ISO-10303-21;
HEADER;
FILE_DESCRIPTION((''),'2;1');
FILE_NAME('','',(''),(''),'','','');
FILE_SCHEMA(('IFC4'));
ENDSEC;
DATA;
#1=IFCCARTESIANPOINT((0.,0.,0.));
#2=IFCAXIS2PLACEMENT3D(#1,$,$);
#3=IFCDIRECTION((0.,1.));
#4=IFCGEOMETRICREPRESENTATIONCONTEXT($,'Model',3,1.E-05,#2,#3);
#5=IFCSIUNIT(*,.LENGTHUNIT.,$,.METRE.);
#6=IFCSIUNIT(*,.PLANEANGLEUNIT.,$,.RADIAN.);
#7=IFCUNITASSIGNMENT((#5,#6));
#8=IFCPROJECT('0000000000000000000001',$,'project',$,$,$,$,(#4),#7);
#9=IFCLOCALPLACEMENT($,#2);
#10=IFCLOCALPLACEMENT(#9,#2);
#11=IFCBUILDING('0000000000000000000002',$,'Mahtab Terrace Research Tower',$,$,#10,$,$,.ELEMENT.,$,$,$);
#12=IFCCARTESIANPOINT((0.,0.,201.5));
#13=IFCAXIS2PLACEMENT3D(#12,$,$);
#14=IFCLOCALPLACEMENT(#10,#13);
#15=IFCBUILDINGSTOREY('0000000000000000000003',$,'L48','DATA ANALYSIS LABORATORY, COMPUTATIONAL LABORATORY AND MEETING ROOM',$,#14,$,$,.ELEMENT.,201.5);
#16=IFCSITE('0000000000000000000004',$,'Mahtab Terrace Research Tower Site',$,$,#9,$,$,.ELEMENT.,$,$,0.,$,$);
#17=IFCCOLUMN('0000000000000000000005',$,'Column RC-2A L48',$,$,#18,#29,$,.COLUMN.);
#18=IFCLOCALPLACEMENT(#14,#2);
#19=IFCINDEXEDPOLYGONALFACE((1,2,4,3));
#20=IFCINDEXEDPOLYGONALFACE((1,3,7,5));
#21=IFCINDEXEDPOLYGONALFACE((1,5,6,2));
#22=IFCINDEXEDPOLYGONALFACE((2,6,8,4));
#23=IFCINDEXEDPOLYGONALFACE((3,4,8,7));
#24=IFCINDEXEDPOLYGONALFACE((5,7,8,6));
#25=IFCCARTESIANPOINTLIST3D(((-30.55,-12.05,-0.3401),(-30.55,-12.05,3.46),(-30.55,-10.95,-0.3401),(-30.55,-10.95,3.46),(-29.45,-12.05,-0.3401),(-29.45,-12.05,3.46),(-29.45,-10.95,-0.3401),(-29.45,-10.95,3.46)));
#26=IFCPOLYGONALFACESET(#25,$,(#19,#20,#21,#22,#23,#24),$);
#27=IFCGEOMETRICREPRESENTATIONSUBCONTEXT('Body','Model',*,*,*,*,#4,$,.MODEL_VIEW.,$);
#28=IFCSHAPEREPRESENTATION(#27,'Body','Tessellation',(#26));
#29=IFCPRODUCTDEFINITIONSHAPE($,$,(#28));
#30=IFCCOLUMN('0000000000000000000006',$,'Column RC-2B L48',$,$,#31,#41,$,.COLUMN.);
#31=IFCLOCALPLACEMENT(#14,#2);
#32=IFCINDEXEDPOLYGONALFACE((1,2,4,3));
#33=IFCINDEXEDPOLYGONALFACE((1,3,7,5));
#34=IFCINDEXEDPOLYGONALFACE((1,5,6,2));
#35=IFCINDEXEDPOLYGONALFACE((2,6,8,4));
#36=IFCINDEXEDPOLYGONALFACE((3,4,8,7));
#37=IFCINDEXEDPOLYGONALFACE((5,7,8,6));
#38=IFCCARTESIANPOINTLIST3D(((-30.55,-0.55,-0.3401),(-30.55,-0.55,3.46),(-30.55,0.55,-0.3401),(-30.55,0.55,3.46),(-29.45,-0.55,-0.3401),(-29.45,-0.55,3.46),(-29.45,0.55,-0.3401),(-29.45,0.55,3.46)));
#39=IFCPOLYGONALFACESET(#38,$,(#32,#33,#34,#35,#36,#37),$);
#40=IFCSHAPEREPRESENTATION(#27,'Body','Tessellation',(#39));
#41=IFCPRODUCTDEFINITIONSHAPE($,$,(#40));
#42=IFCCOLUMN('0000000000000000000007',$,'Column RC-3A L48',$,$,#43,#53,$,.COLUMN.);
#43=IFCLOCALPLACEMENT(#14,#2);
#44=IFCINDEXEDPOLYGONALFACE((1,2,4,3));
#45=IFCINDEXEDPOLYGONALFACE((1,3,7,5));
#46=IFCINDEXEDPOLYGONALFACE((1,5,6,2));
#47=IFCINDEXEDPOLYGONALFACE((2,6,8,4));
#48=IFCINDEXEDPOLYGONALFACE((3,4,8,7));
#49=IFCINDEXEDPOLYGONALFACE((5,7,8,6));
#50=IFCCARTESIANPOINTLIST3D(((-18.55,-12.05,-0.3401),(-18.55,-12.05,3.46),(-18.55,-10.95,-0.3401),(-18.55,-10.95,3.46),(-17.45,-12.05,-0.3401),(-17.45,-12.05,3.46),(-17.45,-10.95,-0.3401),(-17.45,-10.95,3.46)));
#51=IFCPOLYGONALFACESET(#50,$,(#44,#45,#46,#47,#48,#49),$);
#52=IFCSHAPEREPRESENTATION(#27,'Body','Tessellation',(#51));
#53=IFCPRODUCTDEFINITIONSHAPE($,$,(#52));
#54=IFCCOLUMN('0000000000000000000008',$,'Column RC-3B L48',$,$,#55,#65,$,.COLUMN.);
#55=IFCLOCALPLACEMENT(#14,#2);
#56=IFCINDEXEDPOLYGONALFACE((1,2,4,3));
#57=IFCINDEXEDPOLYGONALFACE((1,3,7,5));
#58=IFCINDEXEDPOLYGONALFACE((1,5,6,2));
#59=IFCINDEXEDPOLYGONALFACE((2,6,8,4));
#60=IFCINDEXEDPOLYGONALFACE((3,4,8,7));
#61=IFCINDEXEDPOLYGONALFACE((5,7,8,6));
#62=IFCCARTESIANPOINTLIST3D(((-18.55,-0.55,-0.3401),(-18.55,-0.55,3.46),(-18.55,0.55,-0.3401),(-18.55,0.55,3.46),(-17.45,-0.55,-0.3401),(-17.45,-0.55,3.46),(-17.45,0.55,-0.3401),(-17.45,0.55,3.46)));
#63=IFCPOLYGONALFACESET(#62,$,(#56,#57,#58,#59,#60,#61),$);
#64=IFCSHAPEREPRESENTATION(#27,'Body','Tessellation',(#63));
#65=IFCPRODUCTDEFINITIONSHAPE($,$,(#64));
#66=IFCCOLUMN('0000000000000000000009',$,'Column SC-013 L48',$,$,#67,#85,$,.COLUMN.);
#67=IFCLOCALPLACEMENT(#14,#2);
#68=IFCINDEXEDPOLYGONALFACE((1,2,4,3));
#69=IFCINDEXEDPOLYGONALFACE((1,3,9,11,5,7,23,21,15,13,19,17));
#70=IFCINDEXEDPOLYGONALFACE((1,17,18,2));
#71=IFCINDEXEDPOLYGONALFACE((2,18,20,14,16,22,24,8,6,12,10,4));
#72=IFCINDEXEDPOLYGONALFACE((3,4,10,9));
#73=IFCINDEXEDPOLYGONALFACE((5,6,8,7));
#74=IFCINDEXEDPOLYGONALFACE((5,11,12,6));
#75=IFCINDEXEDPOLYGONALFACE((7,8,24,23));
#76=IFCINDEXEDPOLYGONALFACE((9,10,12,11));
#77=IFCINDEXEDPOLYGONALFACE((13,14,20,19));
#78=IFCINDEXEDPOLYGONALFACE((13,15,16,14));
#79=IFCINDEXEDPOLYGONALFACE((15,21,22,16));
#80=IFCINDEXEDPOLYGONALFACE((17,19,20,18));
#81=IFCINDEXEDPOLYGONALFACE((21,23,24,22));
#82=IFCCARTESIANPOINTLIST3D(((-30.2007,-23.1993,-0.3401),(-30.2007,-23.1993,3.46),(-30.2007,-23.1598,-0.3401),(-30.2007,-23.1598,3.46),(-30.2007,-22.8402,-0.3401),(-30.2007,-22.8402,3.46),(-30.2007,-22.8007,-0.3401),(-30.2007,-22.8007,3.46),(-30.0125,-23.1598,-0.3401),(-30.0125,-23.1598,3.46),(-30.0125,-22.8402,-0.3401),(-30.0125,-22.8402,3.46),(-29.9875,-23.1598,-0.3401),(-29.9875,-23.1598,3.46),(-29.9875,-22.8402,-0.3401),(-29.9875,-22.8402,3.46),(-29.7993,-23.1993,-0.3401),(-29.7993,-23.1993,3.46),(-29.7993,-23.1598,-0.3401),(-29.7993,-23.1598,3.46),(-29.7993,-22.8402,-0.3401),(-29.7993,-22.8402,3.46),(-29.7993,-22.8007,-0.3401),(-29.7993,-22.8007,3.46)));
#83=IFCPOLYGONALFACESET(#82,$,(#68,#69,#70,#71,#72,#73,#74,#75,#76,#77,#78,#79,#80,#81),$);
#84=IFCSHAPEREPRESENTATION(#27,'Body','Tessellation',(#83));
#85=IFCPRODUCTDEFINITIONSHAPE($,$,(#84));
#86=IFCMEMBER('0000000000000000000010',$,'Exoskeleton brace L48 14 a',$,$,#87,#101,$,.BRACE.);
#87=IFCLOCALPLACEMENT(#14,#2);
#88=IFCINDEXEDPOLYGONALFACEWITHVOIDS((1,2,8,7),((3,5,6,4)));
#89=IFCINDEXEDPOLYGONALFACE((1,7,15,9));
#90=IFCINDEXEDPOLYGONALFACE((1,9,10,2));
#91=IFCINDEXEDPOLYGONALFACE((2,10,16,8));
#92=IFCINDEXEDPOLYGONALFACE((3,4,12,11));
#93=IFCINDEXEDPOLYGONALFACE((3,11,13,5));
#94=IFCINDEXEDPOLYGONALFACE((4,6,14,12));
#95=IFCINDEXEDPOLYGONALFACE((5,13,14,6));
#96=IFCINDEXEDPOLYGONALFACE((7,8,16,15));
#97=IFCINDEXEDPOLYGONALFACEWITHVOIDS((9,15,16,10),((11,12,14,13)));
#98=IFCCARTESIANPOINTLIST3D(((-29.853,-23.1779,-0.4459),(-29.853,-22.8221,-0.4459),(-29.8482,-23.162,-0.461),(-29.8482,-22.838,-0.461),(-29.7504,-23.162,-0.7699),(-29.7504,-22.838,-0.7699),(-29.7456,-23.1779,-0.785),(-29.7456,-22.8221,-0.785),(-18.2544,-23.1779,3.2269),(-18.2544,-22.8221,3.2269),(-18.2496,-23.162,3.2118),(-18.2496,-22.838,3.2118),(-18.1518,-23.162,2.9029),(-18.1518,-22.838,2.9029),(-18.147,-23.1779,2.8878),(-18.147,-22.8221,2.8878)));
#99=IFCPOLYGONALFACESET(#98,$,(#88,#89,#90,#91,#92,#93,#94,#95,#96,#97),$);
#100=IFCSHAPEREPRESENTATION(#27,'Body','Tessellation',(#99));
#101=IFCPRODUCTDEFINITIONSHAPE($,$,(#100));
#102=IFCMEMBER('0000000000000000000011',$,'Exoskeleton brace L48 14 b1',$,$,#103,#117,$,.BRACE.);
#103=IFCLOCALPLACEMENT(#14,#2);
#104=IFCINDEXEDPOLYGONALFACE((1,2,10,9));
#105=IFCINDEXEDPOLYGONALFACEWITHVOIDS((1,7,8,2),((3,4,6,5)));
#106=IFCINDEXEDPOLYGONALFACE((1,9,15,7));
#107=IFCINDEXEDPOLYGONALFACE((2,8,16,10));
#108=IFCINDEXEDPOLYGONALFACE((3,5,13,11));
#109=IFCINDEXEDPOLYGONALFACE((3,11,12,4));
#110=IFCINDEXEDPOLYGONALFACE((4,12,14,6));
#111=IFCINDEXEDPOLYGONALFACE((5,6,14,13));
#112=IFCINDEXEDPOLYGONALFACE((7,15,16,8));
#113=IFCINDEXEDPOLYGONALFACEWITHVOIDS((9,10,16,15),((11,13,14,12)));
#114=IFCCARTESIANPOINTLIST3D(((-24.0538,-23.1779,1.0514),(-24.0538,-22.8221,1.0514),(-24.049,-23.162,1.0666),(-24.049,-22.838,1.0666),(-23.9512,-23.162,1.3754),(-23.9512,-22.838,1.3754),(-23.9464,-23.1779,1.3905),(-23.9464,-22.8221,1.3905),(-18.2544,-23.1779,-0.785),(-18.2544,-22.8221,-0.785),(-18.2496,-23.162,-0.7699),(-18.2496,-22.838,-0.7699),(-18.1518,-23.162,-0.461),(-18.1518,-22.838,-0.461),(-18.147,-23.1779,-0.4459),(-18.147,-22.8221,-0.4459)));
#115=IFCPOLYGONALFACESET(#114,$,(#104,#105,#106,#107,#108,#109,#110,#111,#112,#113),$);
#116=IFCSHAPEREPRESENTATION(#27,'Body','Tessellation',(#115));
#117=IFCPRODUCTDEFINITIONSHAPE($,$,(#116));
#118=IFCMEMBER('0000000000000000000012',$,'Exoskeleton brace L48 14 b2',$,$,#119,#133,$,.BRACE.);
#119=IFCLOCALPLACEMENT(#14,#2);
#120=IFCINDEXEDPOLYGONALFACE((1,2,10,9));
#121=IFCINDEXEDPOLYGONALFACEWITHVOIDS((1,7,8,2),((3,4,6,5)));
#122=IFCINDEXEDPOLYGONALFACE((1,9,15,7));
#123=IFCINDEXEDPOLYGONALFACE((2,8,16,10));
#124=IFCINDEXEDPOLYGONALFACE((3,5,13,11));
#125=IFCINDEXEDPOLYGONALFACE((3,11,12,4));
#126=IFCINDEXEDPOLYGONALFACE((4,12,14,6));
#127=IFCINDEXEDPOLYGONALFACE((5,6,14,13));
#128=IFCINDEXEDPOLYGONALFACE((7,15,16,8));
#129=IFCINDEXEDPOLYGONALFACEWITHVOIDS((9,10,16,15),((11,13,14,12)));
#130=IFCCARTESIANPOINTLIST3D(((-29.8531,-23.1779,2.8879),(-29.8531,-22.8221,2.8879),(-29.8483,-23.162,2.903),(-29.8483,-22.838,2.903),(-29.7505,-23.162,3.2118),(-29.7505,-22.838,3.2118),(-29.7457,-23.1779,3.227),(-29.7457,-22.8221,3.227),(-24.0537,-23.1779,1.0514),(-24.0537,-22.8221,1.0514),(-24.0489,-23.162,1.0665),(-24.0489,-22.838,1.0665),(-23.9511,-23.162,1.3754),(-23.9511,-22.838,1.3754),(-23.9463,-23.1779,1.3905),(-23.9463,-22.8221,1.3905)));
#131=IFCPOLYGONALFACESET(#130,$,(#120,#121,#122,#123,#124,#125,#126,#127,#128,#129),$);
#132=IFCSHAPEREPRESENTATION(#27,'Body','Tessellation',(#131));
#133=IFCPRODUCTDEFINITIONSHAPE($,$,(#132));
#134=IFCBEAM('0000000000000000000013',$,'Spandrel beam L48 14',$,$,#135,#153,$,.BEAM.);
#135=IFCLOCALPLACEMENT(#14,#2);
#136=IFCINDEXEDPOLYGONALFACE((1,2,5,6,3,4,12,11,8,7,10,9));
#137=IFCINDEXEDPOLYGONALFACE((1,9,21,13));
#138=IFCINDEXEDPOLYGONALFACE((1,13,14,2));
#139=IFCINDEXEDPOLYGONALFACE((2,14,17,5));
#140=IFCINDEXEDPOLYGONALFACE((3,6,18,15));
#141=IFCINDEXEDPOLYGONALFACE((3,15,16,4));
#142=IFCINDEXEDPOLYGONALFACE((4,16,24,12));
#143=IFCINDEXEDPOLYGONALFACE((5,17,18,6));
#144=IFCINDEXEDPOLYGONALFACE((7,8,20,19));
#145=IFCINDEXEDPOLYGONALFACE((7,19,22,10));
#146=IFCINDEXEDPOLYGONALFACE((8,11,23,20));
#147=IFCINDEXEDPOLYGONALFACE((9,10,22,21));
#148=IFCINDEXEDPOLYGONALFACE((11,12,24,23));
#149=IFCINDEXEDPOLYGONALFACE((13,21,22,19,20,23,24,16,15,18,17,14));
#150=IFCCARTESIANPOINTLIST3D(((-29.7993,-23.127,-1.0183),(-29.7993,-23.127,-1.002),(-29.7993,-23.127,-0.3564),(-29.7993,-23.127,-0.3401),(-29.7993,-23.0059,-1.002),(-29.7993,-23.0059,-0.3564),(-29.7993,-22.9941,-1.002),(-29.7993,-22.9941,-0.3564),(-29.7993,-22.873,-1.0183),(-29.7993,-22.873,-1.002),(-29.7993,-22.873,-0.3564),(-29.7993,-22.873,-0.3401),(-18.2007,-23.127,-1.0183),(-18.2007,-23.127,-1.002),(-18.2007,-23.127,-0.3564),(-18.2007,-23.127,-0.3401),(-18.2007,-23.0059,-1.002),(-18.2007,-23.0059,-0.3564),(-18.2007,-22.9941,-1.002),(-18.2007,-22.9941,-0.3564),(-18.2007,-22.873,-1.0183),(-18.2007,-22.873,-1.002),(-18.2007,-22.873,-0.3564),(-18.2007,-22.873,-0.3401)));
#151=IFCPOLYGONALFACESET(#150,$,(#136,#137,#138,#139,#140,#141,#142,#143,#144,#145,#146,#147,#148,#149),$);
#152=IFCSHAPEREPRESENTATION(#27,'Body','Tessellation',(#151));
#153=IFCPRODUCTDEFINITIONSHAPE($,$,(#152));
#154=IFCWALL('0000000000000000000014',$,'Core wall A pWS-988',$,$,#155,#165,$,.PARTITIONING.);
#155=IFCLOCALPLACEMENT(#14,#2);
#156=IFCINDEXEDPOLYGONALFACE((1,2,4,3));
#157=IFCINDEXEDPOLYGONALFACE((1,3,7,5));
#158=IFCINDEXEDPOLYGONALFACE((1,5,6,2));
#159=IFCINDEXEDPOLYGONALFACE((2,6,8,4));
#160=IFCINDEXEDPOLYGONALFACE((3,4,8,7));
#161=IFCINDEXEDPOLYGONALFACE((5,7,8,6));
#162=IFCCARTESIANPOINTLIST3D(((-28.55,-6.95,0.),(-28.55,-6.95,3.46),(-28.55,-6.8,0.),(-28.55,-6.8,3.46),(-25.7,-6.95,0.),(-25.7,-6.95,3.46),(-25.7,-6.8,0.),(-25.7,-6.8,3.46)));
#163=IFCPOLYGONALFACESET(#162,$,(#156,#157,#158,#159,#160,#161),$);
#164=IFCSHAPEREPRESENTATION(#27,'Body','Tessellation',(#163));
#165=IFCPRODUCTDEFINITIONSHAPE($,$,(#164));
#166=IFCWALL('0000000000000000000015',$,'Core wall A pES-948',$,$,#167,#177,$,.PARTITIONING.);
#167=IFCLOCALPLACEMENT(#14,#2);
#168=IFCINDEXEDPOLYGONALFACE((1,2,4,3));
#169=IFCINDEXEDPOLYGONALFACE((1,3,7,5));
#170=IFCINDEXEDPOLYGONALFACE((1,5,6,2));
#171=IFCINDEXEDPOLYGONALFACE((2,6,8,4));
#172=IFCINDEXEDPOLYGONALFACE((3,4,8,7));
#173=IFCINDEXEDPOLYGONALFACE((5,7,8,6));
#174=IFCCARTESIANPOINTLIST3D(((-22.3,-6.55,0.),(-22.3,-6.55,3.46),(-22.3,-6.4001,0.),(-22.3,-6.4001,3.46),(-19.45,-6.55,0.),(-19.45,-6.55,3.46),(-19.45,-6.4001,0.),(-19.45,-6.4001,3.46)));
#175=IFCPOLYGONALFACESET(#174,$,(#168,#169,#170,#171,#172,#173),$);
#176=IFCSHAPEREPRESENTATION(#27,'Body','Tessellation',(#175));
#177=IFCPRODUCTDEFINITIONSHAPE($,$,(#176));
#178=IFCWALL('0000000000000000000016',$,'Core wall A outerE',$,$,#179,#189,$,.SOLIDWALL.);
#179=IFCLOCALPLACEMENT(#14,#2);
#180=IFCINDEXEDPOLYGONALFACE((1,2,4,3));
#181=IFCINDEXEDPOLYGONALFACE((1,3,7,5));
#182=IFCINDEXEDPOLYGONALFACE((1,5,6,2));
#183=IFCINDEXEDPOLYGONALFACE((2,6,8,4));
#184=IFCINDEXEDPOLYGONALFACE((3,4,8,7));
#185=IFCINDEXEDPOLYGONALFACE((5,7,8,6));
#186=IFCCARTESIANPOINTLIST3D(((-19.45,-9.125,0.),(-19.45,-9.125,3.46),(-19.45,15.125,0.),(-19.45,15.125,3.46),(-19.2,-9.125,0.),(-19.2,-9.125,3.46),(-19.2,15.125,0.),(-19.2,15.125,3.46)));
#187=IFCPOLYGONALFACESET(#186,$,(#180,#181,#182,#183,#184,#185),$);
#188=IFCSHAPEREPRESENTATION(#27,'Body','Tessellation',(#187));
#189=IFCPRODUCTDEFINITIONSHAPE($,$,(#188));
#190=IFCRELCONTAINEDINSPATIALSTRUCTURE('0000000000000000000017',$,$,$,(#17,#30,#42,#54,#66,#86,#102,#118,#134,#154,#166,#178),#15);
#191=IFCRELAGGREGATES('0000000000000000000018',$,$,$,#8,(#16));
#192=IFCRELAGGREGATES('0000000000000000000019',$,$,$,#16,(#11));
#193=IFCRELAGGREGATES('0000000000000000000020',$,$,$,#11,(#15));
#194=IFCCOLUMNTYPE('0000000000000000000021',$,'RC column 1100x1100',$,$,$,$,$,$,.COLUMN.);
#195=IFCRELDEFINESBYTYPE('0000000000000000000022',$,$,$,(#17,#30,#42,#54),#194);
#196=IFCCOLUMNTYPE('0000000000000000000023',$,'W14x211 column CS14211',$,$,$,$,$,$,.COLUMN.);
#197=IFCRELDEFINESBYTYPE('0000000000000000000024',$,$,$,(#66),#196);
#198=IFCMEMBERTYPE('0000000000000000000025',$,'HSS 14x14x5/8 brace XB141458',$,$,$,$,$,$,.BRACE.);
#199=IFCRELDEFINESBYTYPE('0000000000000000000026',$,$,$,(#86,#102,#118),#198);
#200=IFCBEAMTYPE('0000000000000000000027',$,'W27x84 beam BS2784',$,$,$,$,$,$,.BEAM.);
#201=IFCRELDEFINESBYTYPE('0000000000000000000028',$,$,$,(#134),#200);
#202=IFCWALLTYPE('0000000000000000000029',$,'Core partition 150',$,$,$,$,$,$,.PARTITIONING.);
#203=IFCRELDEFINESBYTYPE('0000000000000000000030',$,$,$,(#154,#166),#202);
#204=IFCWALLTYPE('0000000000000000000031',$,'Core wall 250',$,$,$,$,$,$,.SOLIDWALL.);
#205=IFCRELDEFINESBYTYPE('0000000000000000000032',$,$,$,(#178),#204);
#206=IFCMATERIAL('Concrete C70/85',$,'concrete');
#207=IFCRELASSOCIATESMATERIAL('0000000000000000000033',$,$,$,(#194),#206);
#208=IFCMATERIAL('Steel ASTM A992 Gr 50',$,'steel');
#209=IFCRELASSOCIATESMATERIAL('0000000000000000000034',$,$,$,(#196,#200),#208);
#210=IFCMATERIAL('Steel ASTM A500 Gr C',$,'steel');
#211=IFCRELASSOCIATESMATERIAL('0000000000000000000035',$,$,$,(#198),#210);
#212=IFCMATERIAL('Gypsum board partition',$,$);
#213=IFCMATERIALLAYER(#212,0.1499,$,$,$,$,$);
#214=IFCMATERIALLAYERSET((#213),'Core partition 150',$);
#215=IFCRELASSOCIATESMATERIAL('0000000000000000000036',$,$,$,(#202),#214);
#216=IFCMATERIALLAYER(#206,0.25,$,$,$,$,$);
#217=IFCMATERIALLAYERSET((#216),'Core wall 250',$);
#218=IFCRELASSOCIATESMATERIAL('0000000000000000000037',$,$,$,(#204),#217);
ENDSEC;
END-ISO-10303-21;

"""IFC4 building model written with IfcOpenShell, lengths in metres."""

from ifc_helpers import new_model, si_unit, direction, frame, frame_2d, origin, origin_2d, place, context, subcontext, project, spatial, rectangle, hollow_rectangle, i_section, extrude, material, layer, layer_set, material_profile, profile_set, type_object, element, save


model = new_model("IFC4")

# Units and contexts
model_context = context("Model", 3, precision=1e-05, world=origin(), true_north=direction((0.0, 1.0)))
body_context = subcontext(model_context, "Body", "Model", "MODEL_VIEW")
ifc_project = project(units=[si_unit("LENGTHUNIT", "METRE"), si_unit("PLANEANGLEUNIT", "RADIAN")], contexts=[model_context])

# Site, building, storey
site_placement = place(None, origin())
site = spatial("IfcSite", under=ifc_project, at=site_placement, Name="Mahtab Terrace Research Tower Site", CompositionType="ELEMENT", RefElevation=0.0)
building_placement = place(site_placement, origin())
building = spatial("IfcBuilding", under=site, at=building_placement, Name="Mahtab Terrace Research Tower", CompositionType="ELEMENT")
storey_placement = place(building_placement, frame((0.0, 0.0, 201.5)))
storey = spatial("IfcBuildingStorey", under=building, at=storey_placement, Name="L48", Description="DATA ANALYSIS LABORATORY, COMPUTATIONAL LABORATORY AND MEETING ROOM", CompositionType="ELEMENT", Elevation=201.5)

# Columns
ifc_material_1 = material(Name="Concrete C70/85", Category="concrete")
ifc_material_profile_1 = material_profile(ifc_material_1, rectangle(XDim=1.1001, YDim=1.1001, at=origin_2d()), Name="RC column 1100x1100")
ifc_profile_set_1 = profile_set([ifc_material_profile_1], Name="Concrete C70/85")
column_type_1 = type_object("IfcColumnType", Name="RC column 1100x1100", PredefinedType="COLUMN", material=ifc_profile_set_1)
for number, where, z_axis, x_axis, name in (
    (1, (-30.0, -11.5, -0.3401), (0.0, 0.0, 1.0), (1.0, 0.0, 0.0), "Column RC-2A L48"),
    (2, (-30.0, 0.0, -0.3401), (0.0, 0.0, 1.0), (1.0, 0.0, 0.0), "Column RC-2B L48"),
    (3, (-18.0, -11.5, -0.3401), (0.0, 0.0, 1.0), (1.0, 0.0, 0.0), "Column RC-3A L48"),
    (4, (-18.0, 0.0, -0.3401), (0.0, 0.0, 1.0), (1.0, 0.0, 0.0), "Column RC-3B L48"),
):
    element("IfcColumn", number, at=place(storey_placement, frame(where, z_axis=z_axis, x_axis=x_axis)), inside=storey, type_object=column_type_1, Name=name, PredefinedType="COLUMN", context=body_context, shape_type="SweptSolid", body=[
        extrude(rectangle(XDim=1.1001, YDim=1.1001, at=origin_2d()), origin(), (0.0, 0.0, 1.0), 3.8),
    ])
ifc_material_2 = material(Name="Steel ASTM A992 Gr 50", Category="steel")
ifc_material_profile_2 = material_profile(ifc_material_2, i_section(OverallWidth=0.4014, OverallDepth=0.3987, WebThickness=0.0249, FlangeThickness=0.0396, at=origin_2d()), Name="W14X211")
ifc_profile_set_2 = profile_set([ifc_material_profile_2], Name="Steel ASTM A992 Gr 50")
column_type_2 = type_object("IfcColumnType", Name="W14x211 column CS14211", PredefinedType="COLUMN", material=ifc_profile_set_2)
column_placement = place(storey_placement, frame((-30.0, -23.0, -0.3401), z_axis=(0.0, 0.0, 1.0), x_axis=(1.0, 0.0, 0.0)))
element("IfcColumn", 5, at=column_placement, inside=storey, type_object=column_type_2, Name="Column SC-013 L48", PredefinedType="COLUMN", context=body_context, shape_type="SweptSolid", body=[
    extrude(i_section(OverallWidth=0.4014, OverallDepth=0.3987, WebThickness=0.0249, FlangeThickness=0.0396, at=origin_2d()), origin(), (0.0, 0.0, 1.0), 3.8),
])

# Members
ifc_material_3 = material(Name="Steel ASTM A500 Gr C", Category="steel")
ifc_material_profile_3 = material_profile(ifc_material_3, hollow_rectangle(XDim=0.3557, YDim=0.3557, WallThickness=0.0159, at=origin_2d()), Name="HSS14X14X5/8")
ifc_profile_set_3 = profile_set([ifc_material_profile_3], Name="Steel ASTM A500 Gr C")
member_type = type_object("IfcMemberType", Name="HSS 14x14x5/8 brace XB141458", PredefinedType="BRACE", material=ifc_profile_set_3)
member_placement = place(storey_placement, frame((-29.7993, -23.0, -0.6155), z_axis=(0.953343, 0.0, 0.301888), x_axis=(0.0, 1.0, 0.0)))
element("IfcMember", 6, at=member_placement, inside=storey, type_object=member_type, Name="Exoskeleton brace L48 14 a", PredefinedType="BRACE", context=body_context, shape_type="SweptSolid", body=[
    extrude(hollow_rectangle(XDim=0.3557, YDim=0.3557, WallThickness=0.0159, at=origin_2d()), origin(), (0.0, 0.0, 1.0), 12.1663),
])
for number, where, z_axis, x_axis, name in (
    (7, (-18.2007, -23.0, -0.6155), (-0.953343, 0.0, 0.301888), (0.0, -1.0, 0.0), "Exoskeleton brace L48 14 b1"),
    (8, (-24.0, -23.0, 1.2209), (-0.953343, 0.0, 0.301888), (0.0, -1.0, 0.0), "Exoskeleton brace L48 14 b2"),
):
    element("IfcMember", number, at=place(storey_placement, frame(where, z_axis=z_axis, x_axis=x_axis)), inside=storey, type_object=member_type, Name=name, PredefinedType="BRACE", context=body_context, shape_type="SweptSolid", body=[
        extrude(hollow_rectangle(XDim=0.3557, YDim=0.3557, WallThickness=0.0159, at=origin_2d()), origin(), (0.0, 0.0, 1.0), 6.0833),
    ])

# Beam
ifc_material_profile_4 = material_profile(ifc_material_2, i_section(OverallWidth=0.2539, OverallDepth=0.6782, WebThickness=0.0117, FlangeThickness=0.0164, at=origin_2d()), Name="W27X84")
ifc_profile_set_4 = profile_set([ifc_material_profile_4], Name="Steel ASTM A992 Gr 50")
beam_type = type_object("IfcBeamType", Name="W27x84 beam BS2784", PredefinedType="BEAM", material=ifc_profile_set_4)
beam_placement = place(storey_placement, frame((-29.7993, -23.0, -0.6792), z_axis=(1.0, 0.0, 0.0), x_axis=(0.0, 1.0, 0.0)))
element("IfcBeam", 9, at=beam_placement, inside=storey, type_object=beam_type, Name="Spandrel beam L48 14", PredefinedType="BEAM", context=body_context, shape_type="SweptSolid", body=[
    extrude(i_section(OverallWidth=0.2539, OverallDepth=0.6782, WebThickness=0.0117, FlangeThickness=0.0164, at=origin_2d()), origin(), (0.0, 0.0, 1.0), 11.5986),
])

# Walls
ifc_material_4 = material(Name="Gypsum board partition")
ifc_layer_1 = layer(ifc_material_4, 0.1499)
ifc_layer_set_1 = layer_set([ifc_layer_1], Name="Core partition 150")
wall_type_1 = type_object("IfcWallType", Name="Core partition 150", PredefinedType="PARTITIONING", material=ifc_layer_set_1)
for number, where, z_axis, x_axis, name in (
    (10, (-28.55, -6.875, 0.0), (0.0, 0.0, 1.0), (1.0, 0.0, 0.0), "Core wall A pWS-988"),
    (11, (-22.3, -6.4751, 0.0), (0.0, 0.0, 1.0), (1.0, 0.0, 0.0), "Core wall A pES-948"),
):
    element("IfcWall", number, at=place(storey_placement, frame(where, z_axis=z_axis, x_axis=x_axis)), inside=storey, type_object=wall_type_1, Name=name, PredefinedType="PARTITIONING", context=body_context, shape_type="SweptSolid", body=[
        extrude(rectangle(XDim=2.8501, YDim=0.1499, at=frame_2d((1.425, 0.0))), origin(), (0.0, 0.0, 1.0), 3.46),
    ])
ifc_layer_2 = layer(ifc_material_1, 0.25)
ifc_layer_set_2 = layer_set([ifc_layer_2], Name="Core wall 250")
wall_type_2 = type_object("IfcWallType", Name="Core wall 250", PredefinedType="SOLIDWALL", material=ifc_layer_set_2)
wall_1_placement = place(storey_placement, frame((-19.325, -9.125, 0.0), z_axis=(0.0, 0.0, 1.0), x_axis=(0.0, 1.0, 0.0)))
element("IfcWall", 12, at=wall_1_placement, inside=storey, type_object=wall_type_2, Name="Core wall A outerE", PredefinedType="SOLIDWALL", context=body_context, shape_type="SweptSolid", body=[
    extrude(rectangle(XDim=24.25, YDim=0.25, at=frame_2d((12.125, 0.0))), origin(), (0.0, 0.0, 1.0), 3.46),
])

save(model, "model.ifc")
